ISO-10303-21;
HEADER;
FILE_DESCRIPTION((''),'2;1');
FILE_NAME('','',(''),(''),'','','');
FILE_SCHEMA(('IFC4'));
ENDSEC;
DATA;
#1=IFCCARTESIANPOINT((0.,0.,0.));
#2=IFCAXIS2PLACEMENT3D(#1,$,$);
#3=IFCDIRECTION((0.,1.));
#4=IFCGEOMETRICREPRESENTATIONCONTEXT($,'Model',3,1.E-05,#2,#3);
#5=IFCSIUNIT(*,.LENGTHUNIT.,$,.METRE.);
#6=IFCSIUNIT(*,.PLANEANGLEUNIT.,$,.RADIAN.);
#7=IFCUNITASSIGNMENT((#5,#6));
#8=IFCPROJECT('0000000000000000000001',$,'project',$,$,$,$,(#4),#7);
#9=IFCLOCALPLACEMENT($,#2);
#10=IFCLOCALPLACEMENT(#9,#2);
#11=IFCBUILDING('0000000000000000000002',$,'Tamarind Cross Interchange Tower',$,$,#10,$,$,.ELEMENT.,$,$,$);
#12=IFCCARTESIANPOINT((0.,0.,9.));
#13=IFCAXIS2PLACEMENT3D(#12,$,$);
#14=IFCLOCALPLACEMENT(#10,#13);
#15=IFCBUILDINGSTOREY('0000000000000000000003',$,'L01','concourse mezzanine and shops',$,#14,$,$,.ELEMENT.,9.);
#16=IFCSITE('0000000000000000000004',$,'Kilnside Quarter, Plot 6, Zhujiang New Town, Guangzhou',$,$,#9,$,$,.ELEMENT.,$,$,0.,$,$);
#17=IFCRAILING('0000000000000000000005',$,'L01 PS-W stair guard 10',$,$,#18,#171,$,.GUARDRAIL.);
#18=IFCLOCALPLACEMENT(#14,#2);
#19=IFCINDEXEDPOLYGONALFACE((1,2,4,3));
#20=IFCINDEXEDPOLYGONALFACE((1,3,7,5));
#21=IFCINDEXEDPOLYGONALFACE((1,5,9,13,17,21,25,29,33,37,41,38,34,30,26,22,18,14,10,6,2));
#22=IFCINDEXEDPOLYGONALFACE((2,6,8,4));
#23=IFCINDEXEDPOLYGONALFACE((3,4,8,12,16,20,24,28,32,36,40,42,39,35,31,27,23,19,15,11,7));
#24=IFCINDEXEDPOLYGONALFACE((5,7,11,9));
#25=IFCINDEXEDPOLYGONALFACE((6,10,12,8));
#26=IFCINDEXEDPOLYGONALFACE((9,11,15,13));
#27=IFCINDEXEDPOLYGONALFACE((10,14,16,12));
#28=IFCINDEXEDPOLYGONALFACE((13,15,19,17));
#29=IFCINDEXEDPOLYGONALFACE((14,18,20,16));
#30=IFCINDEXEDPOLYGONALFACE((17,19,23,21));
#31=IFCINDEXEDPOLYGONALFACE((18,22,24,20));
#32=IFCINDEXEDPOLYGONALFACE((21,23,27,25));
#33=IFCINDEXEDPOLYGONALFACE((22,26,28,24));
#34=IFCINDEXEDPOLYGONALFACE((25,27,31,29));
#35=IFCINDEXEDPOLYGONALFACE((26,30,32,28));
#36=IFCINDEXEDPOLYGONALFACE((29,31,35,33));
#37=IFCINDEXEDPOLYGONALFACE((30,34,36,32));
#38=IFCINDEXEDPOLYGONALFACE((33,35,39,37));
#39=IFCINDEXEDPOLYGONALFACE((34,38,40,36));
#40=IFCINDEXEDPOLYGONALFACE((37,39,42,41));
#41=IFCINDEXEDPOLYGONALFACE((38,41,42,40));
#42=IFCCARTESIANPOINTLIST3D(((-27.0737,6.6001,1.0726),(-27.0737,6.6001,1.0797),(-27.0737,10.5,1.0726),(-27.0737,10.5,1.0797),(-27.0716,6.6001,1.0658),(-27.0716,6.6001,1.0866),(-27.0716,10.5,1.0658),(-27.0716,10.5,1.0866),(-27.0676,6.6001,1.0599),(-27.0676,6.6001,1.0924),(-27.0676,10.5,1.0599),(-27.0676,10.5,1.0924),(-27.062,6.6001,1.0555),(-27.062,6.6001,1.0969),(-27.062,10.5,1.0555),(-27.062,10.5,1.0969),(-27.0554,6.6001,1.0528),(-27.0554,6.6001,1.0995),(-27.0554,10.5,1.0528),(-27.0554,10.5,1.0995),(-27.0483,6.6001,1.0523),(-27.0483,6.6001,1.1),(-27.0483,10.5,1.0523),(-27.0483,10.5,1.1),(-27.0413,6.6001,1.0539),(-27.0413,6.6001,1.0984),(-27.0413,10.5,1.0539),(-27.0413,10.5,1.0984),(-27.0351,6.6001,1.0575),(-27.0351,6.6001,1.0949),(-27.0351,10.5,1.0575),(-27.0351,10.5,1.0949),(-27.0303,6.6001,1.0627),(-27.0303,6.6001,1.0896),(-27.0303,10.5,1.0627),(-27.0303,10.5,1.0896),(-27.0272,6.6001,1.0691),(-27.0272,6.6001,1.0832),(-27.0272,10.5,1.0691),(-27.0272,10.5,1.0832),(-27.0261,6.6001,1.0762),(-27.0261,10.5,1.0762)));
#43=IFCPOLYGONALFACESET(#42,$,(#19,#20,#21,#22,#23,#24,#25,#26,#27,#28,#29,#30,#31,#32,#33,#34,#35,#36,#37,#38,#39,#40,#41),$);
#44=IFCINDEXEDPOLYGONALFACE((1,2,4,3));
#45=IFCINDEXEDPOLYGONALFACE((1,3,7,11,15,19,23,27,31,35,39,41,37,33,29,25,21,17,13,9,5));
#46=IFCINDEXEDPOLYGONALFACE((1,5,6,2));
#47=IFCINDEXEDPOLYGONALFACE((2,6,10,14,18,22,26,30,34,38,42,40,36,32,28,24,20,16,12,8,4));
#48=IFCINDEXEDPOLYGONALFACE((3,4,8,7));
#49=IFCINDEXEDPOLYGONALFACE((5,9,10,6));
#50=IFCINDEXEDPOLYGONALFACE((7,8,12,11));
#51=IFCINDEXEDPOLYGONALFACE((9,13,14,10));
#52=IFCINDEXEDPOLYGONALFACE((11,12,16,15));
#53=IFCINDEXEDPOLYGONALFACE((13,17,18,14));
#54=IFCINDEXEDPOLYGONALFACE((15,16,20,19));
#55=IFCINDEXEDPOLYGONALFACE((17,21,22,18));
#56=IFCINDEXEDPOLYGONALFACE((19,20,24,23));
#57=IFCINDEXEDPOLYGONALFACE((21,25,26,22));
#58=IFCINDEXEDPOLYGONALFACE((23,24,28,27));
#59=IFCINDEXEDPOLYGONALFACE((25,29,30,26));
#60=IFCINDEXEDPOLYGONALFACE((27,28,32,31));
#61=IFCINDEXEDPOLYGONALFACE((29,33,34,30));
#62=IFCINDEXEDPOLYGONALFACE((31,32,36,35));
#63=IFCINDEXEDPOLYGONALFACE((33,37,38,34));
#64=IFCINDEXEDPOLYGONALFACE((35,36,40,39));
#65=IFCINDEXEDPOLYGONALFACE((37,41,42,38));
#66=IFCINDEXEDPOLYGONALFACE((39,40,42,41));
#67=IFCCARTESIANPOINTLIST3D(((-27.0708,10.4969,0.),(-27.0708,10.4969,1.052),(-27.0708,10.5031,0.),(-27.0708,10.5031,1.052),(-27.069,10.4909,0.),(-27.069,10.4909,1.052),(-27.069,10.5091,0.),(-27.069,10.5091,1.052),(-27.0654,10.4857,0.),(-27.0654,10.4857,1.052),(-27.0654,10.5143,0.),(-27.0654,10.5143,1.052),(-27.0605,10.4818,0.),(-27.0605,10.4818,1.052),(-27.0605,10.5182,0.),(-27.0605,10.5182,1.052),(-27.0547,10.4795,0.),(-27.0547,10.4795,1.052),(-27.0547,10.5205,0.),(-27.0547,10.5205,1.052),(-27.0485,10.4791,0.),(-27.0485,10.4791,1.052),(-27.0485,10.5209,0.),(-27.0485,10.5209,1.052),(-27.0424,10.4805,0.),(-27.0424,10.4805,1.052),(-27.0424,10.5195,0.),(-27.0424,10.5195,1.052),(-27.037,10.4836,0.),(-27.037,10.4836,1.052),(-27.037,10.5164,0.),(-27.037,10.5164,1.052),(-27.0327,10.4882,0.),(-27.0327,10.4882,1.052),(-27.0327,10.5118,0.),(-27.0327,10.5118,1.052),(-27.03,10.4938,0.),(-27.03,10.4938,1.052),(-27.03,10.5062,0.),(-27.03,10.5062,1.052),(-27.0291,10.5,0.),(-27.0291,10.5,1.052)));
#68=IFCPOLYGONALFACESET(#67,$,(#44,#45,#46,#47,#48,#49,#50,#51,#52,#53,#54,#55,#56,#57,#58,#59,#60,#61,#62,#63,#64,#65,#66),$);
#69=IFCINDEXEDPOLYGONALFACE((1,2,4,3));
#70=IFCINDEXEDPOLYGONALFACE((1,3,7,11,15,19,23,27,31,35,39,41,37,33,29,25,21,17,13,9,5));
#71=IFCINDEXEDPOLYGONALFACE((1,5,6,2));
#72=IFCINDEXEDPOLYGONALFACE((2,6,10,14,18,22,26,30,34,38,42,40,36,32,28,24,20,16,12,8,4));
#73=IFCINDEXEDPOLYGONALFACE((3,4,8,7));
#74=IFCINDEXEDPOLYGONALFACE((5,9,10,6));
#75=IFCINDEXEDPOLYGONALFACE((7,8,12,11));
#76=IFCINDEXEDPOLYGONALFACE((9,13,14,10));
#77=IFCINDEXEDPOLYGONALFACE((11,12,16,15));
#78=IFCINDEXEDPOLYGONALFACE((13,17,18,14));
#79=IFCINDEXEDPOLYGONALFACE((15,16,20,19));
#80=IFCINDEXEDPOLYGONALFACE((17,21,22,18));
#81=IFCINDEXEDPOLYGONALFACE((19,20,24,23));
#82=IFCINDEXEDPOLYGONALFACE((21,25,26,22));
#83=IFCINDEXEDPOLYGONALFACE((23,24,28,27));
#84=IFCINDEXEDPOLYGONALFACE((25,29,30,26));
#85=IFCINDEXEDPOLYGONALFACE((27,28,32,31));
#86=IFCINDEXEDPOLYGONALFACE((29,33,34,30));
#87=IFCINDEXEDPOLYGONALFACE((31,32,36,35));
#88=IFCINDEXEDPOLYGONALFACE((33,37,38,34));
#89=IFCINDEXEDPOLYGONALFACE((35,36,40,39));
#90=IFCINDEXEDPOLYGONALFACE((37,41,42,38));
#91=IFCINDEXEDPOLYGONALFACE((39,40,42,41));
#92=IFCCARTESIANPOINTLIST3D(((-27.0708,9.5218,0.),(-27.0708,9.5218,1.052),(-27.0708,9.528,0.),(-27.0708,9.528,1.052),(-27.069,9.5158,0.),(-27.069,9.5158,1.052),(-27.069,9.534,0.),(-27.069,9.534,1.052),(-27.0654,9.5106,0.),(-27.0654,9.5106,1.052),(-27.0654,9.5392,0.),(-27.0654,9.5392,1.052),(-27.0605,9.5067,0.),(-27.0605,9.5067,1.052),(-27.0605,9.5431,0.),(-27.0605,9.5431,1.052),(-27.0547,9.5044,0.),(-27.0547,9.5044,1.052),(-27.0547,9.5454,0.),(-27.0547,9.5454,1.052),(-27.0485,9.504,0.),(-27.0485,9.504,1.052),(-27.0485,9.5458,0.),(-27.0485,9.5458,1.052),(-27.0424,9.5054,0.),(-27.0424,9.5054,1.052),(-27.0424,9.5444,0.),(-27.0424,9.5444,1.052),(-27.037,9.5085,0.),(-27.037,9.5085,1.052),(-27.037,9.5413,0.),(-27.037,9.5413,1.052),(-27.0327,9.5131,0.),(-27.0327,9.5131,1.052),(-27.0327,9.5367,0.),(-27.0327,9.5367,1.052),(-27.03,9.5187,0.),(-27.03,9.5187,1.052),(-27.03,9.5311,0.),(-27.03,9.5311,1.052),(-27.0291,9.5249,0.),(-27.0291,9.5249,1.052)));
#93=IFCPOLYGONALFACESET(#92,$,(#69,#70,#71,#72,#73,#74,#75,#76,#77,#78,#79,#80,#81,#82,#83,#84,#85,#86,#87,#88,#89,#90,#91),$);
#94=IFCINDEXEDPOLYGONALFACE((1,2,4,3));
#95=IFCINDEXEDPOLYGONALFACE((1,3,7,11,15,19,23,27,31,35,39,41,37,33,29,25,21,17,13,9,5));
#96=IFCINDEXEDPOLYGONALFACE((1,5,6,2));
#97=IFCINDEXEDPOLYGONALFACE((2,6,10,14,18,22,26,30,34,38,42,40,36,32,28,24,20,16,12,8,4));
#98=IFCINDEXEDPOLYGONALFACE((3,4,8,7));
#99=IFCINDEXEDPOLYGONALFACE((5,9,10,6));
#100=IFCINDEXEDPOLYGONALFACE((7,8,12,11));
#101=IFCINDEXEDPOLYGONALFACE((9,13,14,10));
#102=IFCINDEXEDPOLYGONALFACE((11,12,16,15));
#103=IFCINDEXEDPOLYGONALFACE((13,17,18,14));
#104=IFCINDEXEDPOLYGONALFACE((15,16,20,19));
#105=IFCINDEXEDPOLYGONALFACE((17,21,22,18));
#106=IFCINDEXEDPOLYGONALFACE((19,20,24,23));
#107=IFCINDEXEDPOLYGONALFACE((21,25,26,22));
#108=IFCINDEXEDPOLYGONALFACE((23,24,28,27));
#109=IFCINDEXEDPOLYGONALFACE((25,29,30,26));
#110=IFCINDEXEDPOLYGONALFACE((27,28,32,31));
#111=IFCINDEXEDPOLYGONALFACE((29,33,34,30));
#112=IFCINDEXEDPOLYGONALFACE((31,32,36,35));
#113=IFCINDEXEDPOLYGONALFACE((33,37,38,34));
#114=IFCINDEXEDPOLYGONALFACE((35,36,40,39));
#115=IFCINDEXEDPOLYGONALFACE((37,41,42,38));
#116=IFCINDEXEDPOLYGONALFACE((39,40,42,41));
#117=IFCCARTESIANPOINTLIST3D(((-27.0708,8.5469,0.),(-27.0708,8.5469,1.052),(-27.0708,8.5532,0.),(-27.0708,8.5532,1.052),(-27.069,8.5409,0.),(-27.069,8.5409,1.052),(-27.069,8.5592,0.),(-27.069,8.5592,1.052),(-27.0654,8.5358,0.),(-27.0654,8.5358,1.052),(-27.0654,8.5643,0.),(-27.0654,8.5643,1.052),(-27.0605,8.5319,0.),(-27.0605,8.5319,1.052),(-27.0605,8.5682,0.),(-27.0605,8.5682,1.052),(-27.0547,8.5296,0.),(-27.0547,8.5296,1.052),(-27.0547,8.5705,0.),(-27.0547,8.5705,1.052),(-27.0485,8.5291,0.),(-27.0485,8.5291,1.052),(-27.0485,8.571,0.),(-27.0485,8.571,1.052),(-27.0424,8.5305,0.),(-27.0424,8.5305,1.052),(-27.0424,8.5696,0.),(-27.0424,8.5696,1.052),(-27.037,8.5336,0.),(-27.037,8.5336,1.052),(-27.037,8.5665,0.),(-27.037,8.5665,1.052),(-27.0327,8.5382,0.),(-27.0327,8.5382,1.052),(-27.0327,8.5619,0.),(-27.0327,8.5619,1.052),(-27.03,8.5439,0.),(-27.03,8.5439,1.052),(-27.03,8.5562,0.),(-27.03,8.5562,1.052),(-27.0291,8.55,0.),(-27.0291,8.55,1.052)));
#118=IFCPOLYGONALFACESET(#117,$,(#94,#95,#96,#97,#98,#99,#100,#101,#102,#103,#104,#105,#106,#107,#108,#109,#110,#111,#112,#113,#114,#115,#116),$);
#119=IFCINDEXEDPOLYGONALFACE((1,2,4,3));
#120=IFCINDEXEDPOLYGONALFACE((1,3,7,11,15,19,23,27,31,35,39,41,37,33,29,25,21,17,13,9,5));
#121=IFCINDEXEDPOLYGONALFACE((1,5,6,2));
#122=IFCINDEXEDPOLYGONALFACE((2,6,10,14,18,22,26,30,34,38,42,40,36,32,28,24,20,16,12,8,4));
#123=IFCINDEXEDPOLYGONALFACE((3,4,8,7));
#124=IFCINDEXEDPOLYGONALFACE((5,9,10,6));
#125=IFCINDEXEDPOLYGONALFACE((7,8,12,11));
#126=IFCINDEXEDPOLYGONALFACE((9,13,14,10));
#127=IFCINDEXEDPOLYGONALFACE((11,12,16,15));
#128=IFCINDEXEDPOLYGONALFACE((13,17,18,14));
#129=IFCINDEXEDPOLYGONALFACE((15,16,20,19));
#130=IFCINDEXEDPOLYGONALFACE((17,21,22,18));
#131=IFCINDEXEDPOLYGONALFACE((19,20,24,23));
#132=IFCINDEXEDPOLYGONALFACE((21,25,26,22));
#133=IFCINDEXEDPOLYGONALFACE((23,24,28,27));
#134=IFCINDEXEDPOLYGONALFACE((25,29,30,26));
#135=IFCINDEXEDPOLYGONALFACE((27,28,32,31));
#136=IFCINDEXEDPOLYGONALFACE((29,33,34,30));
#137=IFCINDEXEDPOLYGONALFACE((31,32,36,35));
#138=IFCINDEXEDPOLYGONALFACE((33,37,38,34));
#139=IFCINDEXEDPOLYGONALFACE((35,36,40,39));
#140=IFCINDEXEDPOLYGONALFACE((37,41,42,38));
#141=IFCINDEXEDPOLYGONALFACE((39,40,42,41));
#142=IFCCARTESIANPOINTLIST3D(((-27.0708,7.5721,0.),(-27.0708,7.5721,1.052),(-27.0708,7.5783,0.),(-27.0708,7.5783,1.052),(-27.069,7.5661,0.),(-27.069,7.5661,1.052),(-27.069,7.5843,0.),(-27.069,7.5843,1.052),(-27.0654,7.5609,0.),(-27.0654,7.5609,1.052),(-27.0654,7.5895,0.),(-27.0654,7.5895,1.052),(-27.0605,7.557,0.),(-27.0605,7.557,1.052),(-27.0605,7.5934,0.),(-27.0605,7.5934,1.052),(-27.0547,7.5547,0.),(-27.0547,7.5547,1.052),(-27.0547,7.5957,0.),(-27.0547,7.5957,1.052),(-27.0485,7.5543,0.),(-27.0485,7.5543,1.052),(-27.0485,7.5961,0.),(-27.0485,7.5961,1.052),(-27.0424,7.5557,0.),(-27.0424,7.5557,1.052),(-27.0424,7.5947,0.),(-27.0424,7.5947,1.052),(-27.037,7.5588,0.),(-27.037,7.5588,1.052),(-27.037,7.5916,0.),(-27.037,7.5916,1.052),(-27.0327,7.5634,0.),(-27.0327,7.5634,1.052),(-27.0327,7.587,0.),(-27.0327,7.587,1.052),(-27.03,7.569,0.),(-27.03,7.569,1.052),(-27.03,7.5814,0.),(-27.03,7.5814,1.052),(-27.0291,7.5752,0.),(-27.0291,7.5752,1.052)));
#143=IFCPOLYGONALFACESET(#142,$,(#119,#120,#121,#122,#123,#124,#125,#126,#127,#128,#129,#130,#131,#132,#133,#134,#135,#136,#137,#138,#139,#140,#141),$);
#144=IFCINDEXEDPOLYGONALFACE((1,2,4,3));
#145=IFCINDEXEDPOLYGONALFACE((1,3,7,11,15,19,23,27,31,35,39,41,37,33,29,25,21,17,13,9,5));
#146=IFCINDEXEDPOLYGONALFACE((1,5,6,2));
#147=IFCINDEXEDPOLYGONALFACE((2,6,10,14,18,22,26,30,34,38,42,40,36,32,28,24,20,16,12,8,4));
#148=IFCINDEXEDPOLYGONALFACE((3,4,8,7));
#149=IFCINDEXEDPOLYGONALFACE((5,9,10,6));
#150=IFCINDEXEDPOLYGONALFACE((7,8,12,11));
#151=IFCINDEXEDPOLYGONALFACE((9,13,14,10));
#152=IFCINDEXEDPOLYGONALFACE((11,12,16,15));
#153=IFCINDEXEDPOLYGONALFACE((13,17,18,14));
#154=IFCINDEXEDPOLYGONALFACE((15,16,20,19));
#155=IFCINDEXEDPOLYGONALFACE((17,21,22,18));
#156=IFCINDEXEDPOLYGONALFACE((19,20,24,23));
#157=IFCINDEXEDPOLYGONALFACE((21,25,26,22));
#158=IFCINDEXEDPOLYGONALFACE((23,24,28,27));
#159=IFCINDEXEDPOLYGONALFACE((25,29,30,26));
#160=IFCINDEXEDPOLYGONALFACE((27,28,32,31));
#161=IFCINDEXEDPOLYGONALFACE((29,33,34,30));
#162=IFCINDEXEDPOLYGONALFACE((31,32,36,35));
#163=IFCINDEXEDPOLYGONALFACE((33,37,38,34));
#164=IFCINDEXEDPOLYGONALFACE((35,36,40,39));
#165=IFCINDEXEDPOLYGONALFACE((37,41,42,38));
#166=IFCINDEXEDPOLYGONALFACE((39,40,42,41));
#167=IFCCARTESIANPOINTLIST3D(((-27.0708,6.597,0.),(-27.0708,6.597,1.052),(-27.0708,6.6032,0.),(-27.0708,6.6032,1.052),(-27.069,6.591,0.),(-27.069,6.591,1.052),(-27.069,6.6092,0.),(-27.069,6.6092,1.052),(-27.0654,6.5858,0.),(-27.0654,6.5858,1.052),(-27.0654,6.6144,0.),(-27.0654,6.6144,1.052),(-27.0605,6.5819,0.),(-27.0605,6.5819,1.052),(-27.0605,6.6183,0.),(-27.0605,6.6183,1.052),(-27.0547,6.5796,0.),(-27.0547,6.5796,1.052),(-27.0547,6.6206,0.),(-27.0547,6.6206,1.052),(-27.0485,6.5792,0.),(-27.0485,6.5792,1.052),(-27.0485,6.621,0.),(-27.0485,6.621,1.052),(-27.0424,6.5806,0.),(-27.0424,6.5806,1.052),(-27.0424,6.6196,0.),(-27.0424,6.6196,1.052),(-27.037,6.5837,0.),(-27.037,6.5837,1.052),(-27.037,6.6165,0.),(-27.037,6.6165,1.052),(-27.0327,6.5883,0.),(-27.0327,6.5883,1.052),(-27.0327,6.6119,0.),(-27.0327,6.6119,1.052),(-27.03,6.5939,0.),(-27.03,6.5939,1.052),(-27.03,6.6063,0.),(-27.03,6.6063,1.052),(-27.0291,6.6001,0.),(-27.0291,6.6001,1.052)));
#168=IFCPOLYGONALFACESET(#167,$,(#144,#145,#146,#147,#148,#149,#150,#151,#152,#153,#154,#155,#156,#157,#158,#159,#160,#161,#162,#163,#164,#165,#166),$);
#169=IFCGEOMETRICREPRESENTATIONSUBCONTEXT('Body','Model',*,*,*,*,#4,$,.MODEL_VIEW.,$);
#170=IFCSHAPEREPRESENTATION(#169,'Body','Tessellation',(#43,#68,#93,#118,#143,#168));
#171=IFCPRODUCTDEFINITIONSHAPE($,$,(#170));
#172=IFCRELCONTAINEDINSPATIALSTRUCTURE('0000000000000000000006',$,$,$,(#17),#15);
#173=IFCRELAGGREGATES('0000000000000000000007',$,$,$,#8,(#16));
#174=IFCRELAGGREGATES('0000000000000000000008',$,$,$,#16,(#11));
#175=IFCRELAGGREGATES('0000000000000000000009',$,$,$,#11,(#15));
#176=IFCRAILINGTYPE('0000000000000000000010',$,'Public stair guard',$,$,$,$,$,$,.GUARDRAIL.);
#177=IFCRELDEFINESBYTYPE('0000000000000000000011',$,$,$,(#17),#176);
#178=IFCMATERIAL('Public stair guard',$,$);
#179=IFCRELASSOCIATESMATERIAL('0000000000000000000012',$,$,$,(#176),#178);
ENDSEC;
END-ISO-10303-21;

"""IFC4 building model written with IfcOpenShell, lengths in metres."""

from ifc_helpers import new_model, si_unit, direction, frame, origin, origin_2d, place, context, subcontext, project, spatial, circle, extrude, material, type_object, element, save


model = new_model("IFC4")

# Units and contexts
model_context = context("Model", 3, precision=1e-05, world=origin(), true_north=direction((0.0, 1.0)))
body_context = subcontext(model_context, "Body", "Model", "MODEL_VIEW")
ifc_project = project(units=[si_unit("LENGTHUNIT", "METRE"), si_unit("PLANEANGLEUNIT", "RADIAN")], contexts=[model_context])

# Site, building, storey
site_placement = place(None, origin())
site = spatial("IfcSite", under=ifc_project, at=site_placement, Name="Kilnside Quarter, Plot 6, Zhujiang New Town, Guangzhou", CompositionType="ELEMENT", RefElevation=0.0)
building_placement = place(site_placement, origin())
building = spatial("IfcBuilding", under=site, at=building_placement, Name="Tamarind Cross Interchange Tower", CompositionType="ELEMENT")
storey_placement = place(building_placement, frame((0.0, 0.0, 9.0)))
storey = spatial("IfcBuildingStorey", under=building, at=storey_placement, Name="L01", Description="concourse mezzanine and shops", CompositionType="ELEMENT", Elevation=9.0)

# Railing
ifc_material_1 = material(Name="Public stair guard")
railing_type_1 = type_object("IfcRailingType", Name="Public stair guard", PredefinedType="GUARDRAIL", material=ifc_material_1)
railing_1_placement = place(storey_placement, frame((-27.05, 10.5, 0.0)))
element("IfcRailing", 1, at=railing_1_placement, inside=storey, type_object=railing_type_1, Name="L01 PS-W stair guard 10", PredefinedType="GUARDRAIL", context=body_context, shape_type="SweptSolid", body=[
    extrude(circle(Radius=0.0239, at=origin_2d()), frame((0.0, 0.0, 1.0762), z_axis=(0.0, -1.0, 0.0), x_axis=(1.0, 0.0, 0.0)), (0.0, 0.0, 1.0), 3.8999),
    extrude(circle(Radius=0.021, at=origin_2d()), origin(), (0.0, 0.0, 1.0), 1.052),
    extrude(circle(Radius=0.021, at=origin_2d()), frame((0.0, -0.9751, 0.0)), (0.0, 0.0, 1.0), 1.052),
    extrude(circle(Radius=0.021, at=origin_2d()), frame((0.0, -1.95, 0.0)), (0.0, 0.0, 1.0), 1.052),
    extrude(circle(Radius=0.021, at=origin_2d()), frame((0.0, -2.9248, 0.0)), (0.0, 0.0, 1.0), 1.052),
    extrude(circle(Radius=0.021, at=origin_2d()), frame((0.0, -3.8999, 0.0)), (0.0, 0.0, 1.0), 1.052),
])

save(model, "model.ifc")
